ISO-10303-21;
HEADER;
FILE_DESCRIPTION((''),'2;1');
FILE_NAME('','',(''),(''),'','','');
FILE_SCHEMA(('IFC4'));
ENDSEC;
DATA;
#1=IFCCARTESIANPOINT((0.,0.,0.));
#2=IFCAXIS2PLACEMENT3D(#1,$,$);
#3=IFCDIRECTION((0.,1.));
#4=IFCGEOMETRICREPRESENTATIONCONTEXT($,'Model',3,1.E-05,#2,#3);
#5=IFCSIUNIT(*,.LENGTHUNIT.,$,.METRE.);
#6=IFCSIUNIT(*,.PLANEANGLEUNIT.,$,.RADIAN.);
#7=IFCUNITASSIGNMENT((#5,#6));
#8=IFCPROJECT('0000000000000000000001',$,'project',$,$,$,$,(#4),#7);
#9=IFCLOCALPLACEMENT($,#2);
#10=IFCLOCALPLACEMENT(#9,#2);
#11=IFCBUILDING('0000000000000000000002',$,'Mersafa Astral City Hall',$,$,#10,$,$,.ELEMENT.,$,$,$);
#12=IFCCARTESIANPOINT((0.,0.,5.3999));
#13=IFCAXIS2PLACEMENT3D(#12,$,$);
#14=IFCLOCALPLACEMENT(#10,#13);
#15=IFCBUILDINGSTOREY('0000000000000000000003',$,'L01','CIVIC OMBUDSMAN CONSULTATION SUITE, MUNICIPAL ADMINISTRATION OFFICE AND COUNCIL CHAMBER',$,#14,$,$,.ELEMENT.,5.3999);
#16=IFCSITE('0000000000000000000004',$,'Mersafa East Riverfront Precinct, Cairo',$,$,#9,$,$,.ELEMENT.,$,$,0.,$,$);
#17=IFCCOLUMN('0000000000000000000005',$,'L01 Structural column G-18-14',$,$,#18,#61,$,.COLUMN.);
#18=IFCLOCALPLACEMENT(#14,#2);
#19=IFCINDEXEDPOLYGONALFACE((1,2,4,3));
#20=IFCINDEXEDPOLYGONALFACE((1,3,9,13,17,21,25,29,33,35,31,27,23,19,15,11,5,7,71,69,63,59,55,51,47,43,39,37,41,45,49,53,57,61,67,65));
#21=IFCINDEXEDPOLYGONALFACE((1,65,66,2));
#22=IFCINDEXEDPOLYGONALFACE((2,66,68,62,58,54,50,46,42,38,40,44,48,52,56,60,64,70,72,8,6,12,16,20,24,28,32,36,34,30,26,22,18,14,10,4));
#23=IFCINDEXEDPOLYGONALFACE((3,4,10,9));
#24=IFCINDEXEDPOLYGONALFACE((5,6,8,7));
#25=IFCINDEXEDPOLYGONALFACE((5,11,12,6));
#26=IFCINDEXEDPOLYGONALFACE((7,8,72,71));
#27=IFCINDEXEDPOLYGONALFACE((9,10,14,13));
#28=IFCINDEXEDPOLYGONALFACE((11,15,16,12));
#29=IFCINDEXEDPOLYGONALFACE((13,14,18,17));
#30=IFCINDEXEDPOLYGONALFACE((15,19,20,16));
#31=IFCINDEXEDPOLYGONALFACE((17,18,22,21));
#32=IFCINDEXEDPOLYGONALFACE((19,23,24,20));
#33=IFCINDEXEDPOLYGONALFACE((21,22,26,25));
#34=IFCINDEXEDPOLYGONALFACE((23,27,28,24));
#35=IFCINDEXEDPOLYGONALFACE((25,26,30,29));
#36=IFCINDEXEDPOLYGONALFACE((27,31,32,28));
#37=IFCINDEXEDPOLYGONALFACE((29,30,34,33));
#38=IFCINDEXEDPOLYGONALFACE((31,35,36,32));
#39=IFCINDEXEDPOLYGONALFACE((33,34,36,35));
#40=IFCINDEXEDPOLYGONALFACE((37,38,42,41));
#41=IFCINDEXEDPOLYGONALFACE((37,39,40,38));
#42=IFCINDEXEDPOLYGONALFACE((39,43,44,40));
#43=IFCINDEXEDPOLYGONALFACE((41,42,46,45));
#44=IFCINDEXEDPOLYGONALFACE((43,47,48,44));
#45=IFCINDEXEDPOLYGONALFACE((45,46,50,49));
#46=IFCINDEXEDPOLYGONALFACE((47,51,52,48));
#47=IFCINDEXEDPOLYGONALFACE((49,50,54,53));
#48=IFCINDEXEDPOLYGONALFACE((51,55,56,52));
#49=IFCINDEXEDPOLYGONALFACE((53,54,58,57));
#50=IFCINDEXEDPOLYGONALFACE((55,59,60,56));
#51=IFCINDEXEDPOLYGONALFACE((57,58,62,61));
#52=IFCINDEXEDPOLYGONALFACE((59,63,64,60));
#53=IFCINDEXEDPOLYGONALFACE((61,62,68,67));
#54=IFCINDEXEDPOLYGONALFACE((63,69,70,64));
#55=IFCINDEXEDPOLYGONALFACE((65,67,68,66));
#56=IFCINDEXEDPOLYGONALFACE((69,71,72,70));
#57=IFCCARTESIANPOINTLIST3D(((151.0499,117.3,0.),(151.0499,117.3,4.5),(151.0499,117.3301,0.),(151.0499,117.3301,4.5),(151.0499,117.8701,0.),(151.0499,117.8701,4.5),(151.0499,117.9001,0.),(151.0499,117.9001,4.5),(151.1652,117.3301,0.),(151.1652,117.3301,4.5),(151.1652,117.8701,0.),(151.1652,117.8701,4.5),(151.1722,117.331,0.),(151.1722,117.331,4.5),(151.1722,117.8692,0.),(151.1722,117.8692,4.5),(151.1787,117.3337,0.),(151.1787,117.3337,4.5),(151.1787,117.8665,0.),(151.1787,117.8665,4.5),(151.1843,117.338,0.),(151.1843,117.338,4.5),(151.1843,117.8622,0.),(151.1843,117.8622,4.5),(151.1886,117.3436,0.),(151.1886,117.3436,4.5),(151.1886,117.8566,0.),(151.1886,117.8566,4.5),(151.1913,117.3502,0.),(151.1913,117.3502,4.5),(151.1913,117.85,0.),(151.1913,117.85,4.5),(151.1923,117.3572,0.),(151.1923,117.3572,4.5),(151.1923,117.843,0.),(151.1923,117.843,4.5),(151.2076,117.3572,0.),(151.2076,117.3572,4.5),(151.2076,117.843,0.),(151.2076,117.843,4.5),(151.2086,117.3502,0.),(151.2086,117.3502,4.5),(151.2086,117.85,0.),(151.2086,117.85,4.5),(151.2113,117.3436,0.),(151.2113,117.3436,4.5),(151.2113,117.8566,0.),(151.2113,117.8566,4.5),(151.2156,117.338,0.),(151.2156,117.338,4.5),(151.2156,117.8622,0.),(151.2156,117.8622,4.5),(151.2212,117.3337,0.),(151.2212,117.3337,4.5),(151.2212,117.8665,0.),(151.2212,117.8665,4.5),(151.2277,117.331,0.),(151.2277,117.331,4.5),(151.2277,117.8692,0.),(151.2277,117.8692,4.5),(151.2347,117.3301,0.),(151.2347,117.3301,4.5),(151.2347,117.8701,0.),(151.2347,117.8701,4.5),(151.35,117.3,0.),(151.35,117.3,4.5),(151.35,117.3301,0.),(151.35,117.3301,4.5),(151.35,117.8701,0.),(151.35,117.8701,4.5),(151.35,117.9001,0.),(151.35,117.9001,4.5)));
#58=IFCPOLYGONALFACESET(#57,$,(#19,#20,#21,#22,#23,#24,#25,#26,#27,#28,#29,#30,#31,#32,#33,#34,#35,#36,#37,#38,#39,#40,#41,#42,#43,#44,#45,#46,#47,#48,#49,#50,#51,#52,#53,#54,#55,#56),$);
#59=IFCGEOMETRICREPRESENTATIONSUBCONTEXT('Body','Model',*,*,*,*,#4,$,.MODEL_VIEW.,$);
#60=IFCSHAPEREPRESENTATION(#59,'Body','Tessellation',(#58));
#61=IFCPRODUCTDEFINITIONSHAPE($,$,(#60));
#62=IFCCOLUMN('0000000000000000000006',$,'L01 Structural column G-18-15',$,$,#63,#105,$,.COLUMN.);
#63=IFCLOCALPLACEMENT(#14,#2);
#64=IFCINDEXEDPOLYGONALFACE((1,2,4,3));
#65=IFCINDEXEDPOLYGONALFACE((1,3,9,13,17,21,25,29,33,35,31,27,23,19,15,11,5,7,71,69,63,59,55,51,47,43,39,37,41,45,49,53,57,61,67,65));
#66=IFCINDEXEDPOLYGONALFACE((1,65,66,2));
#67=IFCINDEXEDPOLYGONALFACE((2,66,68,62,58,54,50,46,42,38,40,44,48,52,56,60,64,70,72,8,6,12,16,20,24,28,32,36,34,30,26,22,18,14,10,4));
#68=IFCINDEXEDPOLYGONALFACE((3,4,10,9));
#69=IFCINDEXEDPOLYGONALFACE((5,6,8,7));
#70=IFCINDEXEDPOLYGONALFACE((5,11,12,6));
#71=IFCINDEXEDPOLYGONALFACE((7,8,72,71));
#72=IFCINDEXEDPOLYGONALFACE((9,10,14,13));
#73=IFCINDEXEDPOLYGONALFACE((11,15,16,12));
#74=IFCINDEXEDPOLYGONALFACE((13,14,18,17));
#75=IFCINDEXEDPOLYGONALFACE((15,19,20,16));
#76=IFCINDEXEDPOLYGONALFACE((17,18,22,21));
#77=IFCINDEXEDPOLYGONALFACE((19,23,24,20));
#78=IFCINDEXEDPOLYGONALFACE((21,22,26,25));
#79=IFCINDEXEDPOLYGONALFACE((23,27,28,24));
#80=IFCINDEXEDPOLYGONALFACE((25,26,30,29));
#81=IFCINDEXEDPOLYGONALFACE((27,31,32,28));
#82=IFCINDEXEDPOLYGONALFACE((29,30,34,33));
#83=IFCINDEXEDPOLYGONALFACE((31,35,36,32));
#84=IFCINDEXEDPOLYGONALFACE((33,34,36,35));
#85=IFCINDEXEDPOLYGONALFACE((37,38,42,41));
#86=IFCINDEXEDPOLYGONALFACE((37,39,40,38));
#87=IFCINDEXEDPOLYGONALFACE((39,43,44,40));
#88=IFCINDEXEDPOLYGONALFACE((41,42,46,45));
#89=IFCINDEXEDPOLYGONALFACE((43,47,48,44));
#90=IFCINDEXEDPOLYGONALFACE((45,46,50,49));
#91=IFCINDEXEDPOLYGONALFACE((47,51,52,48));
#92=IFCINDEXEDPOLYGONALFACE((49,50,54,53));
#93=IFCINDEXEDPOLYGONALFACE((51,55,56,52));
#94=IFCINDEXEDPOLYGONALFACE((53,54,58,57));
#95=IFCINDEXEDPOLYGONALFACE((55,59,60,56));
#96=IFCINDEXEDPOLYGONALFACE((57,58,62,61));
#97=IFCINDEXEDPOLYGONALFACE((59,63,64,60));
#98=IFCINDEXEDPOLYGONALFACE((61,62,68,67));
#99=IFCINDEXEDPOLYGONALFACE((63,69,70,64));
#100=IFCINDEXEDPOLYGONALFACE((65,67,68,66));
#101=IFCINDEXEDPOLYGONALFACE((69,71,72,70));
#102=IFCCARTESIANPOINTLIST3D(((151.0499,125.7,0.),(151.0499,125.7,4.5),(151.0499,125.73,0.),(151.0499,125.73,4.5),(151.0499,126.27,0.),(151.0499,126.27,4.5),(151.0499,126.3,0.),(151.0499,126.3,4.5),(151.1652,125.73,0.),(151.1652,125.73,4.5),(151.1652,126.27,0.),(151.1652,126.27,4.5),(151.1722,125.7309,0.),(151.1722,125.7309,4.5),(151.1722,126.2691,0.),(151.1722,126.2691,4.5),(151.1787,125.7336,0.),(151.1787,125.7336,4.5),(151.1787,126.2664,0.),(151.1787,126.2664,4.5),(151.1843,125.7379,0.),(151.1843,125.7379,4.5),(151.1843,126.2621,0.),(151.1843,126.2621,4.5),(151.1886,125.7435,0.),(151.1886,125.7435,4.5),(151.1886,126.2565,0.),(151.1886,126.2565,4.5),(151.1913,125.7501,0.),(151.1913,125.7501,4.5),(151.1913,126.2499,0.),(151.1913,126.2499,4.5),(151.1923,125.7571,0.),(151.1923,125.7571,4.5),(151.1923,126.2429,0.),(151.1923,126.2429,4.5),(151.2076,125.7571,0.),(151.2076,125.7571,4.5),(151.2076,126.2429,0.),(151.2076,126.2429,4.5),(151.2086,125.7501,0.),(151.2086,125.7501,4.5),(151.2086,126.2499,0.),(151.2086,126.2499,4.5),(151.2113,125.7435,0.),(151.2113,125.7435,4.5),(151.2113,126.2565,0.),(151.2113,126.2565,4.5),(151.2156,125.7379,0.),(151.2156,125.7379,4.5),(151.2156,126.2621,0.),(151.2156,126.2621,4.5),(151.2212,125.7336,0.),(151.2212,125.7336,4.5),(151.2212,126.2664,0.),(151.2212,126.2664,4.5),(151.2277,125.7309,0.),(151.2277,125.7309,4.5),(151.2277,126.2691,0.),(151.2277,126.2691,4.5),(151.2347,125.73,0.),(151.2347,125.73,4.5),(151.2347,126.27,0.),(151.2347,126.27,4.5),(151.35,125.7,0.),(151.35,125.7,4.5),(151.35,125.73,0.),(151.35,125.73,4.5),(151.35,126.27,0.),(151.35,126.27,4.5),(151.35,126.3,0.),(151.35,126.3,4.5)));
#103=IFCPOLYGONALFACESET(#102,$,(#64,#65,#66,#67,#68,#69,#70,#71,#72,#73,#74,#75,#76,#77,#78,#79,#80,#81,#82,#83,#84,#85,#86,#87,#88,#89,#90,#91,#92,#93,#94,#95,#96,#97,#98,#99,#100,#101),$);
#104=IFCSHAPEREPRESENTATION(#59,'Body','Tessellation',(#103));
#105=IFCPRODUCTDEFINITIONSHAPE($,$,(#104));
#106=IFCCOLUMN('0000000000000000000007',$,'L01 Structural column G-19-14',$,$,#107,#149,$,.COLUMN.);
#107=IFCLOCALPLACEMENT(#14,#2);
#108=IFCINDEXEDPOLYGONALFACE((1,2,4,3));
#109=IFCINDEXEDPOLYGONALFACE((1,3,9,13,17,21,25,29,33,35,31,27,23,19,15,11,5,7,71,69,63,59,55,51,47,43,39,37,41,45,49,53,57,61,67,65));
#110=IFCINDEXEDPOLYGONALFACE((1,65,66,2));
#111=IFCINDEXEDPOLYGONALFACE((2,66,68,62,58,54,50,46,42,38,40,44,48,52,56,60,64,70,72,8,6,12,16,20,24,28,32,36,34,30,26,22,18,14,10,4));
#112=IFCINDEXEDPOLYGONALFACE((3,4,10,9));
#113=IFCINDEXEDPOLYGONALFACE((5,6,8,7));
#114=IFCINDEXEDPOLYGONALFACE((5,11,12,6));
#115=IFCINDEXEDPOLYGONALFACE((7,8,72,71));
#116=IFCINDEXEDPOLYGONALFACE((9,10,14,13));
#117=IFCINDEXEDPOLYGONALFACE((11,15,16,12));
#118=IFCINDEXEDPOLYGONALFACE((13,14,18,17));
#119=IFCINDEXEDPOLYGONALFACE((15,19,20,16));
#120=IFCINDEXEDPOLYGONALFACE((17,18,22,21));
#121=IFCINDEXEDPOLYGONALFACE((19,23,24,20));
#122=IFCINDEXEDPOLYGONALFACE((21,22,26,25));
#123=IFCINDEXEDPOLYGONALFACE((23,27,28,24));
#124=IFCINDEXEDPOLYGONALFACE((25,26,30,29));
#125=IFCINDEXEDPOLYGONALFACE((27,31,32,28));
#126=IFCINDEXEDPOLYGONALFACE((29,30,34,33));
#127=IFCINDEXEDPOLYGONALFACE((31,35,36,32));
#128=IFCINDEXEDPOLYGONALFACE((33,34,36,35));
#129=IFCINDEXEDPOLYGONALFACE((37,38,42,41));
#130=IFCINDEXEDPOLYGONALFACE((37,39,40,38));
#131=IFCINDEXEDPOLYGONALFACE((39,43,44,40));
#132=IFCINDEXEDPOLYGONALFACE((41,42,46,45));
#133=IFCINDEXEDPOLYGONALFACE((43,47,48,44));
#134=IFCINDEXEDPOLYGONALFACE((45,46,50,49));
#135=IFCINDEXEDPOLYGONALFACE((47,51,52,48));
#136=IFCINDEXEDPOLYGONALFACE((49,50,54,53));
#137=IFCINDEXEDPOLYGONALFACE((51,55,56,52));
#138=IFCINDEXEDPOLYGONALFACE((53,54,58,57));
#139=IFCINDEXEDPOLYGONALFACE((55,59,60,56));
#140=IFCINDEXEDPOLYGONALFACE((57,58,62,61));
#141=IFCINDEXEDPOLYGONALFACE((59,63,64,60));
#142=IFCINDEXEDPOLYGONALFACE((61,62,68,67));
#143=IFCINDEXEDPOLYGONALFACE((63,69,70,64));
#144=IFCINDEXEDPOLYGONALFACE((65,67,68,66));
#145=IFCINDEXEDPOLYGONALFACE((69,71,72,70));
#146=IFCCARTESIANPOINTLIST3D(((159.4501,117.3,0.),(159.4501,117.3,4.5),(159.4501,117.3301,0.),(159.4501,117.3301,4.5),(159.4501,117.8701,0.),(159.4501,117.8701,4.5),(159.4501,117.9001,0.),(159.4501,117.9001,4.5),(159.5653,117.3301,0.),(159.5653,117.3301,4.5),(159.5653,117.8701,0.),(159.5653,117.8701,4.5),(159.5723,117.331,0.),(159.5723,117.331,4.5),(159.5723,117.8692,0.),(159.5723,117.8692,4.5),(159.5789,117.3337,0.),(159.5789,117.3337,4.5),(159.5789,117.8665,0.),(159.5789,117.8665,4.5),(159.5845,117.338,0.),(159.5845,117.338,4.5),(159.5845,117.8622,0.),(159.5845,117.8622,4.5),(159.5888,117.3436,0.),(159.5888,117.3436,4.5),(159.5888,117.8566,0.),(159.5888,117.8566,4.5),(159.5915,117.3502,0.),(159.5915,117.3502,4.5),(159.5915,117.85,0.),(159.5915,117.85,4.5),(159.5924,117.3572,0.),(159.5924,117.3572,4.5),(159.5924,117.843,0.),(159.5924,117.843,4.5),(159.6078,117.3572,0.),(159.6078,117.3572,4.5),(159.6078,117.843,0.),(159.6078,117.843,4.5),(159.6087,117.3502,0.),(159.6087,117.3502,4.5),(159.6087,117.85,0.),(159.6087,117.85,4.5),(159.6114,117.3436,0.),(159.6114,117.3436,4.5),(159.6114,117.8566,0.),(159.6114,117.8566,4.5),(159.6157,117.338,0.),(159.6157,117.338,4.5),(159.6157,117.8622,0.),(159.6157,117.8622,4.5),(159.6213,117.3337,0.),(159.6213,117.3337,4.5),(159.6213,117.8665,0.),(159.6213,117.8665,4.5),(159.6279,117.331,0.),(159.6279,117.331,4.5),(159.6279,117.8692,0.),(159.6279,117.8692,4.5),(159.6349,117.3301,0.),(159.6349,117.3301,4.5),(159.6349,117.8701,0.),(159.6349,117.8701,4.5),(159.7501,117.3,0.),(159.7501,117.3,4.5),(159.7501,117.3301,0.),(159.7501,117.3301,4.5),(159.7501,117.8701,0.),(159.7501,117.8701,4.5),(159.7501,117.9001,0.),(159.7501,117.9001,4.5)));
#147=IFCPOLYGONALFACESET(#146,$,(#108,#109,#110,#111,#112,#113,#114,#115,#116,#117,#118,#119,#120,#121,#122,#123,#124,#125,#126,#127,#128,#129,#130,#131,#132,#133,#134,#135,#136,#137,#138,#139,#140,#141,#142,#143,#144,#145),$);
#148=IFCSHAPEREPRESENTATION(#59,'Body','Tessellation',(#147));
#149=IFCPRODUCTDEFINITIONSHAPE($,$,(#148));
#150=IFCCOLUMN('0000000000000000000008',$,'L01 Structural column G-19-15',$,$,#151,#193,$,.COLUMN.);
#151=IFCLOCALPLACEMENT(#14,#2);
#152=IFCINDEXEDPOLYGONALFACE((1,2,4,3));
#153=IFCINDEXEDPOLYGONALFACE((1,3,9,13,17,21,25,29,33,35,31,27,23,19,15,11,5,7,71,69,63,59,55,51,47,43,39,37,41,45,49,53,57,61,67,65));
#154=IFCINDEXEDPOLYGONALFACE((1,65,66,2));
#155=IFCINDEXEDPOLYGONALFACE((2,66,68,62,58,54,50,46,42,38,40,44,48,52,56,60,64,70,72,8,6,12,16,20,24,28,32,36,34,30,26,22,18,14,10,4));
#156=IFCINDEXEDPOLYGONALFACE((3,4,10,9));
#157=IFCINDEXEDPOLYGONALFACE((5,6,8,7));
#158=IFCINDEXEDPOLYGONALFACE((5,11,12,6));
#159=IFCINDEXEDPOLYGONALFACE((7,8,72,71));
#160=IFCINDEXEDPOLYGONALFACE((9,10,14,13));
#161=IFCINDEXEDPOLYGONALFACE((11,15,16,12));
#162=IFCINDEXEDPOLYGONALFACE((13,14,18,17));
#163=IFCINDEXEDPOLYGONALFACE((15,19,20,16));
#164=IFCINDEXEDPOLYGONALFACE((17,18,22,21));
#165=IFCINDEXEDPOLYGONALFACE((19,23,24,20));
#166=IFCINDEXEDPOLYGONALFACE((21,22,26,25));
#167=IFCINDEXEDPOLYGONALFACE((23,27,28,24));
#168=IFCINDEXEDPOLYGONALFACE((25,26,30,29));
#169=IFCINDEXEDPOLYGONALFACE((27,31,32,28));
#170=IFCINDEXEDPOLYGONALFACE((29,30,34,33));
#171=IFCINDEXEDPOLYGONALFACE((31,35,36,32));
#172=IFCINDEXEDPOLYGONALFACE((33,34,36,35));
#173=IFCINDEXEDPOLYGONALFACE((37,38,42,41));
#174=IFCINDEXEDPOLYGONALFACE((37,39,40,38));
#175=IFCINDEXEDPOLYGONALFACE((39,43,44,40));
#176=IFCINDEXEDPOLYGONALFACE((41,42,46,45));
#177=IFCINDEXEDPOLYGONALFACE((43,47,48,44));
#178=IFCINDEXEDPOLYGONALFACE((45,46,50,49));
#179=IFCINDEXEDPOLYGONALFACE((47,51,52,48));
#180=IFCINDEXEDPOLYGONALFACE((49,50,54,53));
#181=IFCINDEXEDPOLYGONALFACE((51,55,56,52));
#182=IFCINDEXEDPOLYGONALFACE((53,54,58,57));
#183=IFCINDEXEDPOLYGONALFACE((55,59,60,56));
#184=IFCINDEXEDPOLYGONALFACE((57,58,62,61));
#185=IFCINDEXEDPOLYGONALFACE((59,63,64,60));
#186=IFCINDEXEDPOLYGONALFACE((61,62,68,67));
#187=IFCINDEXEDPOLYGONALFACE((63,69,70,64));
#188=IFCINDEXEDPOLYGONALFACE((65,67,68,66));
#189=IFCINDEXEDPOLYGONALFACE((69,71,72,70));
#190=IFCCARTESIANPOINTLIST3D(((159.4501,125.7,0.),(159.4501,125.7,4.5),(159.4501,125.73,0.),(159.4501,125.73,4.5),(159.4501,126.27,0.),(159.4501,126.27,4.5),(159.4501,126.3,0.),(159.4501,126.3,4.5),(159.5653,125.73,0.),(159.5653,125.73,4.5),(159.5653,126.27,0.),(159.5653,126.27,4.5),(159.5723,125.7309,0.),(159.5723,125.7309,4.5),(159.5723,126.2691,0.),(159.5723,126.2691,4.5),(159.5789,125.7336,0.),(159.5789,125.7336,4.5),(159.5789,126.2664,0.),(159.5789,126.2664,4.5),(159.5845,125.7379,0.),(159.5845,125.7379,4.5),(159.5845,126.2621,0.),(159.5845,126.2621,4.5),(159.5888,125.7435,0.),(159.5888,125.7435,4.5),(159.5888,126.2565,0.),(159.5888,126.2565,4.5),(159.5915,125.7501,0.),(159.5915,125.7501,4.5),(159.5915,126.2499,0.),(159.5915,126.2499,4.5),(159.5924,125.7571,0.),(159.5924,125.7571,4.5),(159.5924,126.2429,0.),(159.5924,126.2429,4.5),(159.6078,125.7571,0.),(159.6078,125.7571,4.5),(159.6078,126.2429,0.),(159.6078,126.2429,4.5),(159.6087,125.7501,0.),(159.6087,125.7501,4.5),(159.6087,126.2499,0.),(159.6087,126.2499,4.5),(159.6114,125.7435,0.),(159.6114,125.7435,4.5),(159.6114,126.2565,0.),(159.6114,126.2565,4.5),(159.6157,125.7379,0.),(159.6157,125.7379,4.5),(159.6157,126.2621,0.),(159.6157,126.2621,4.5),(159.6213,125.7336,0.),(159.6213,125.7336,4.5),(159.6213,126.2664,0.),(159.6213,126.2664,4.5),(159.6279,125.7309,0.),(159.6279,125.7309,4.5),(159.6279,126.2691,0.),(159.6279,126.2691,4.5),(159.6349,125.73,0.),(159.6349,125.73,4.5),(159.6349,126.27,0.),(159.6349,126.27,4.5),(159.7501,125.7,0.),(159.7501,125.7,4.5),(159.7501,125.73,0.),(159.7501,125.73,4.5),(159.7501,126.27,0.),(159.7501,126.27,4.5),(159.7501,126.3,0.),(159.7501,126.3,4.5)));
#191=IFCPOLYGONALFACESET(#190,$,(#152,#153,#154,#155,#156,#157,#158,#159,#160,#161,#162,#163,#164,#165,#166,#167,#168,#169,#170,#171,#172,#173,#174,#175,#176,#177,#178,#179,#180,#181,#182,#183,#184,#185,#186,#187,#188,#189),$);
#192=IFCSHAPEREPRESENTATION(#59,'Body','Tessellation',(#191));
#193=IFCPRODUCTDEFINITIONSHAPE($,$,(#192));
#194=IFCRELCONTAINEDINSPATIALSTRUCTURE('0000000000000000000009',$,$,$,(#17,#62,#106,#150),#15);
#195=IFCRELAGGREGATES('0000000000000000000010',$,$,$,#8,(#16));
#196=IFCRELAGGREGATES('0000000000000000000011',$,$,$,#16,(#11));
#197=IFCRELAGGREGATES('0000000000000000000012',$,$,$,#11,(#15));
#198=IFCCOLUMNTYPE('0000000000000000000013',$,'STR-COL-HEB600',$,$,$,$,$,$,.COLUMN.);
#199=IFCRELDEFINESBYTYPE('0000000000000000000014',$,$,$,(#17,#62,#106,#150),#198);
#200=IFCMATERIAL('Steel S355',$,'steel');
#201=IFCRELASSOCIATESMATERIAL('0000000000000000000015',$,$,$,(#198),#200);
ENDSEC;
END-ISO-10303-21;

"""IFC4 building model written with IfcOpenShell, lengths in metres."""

from ifc_helpers import new_model, si_unit, direction, frame, origin, origin_2d, place, context, subcontext, project, spatial, i_section, extrude, material, material_profile, profile_set, type_object, element, save


model = new_model("IFC4")

# Units and contexts
model_context = context("Model", 3, precision=1e-05, world=origin(), true_north=direction((0.0, 1.0)))
body_context = subcontext(model_context, "Body", "Model", "MODEL_VIEW")
ifc_project = project(units=[si_unit("LENGTHUNIT", "METRE"), si_unit("PLANEANGLEUNIT", "RADIAN")], contexts=[model_context])

# Site, building, storey
site_placement = place(None, origin())
site = spatial("IfcSite", under=ifc_project, at=site_placement, Name="Mersafa East Riverfront Precinct, Cairo", CompositionType="ELEMENT", RefElevation=0.0)
building_placement = place(site_placement, origin())
building = spatial("IfcBuilding", under=site, at=building_placement, Name="Mersafa Astral City Hall", CompositionType="ELEMENT")
storey_placement = place(building_placement, frame((0.0, 0.0, 5.3999)))
storey = spatial("IfcBuildingStorey", under=building, at=storey_placement, Name="L01", Description="CIVIC OMBUDSMAN CONSULTATION SUITE, MUNICIPAL ADMINISTRATION OFFICE AND COUNCIL CHAMBER", CompositionType="ELEMENT", Elevation=5.3999)

# Columns
ifc_material_1 = material(Name="Steel S355", Category="steel")
ifc_material_profile_1 = material_profile(ifc_material_1, i_section(OverallWidth=0.3, OverallDepth=0.6001, WebThickness=0.0154, FlangeThickness=0.03, FilletRadius=0.0271, at=origin_2d()), Name="HEB 600")
ifc_profile_set_1 = profile_set([ifc_material_profile_1], Name="Steel S355")
column_type = type_object("IfcColumnType", Name="STR-COL-HEB600", PredefinedType="COLUMN", material=ifc_profile_set_1)
for number, where, z_axis, x_axis, name in (
    (1, (151.2, 117.6001, 0.0), (0.0, 0.0, 1.0), (1.0, 0.0, 0.0), "L01 Structural column G-18-14"),
    (2, (151.2, 126.0, 0.0), (0.0, 0.0, 1.0), (1.0, 0.0, 0.0), "L01 Structural column G-18-15"),
    (3, (159.6001, 117.6001, 0.0), (0.0, 0.0, 1.0), (1.0, 0.0, 0.0), "L01 Structural column G-19-14"),
    (4, (159.6001, 126.0, 0.0), (0.0, 0.0, 1.0), (1.0, 0.0, 0.0), "L01 Structural column G-19-15"),
):
    element("IfcColumn", number, at=place(storey_placement, frame(where, z_axis=z_axis, x_axis=x_axis)), inside=storey, type_object=column_type, Name=name, PredefinedType="COLUMN", context=body_context, shape_type="SweptSolid", body=[
        extrude(i_section(OverallWidth=0.3, OverallDepth=0.6001, WebThickness=0.0154, FlangeThickness=0.03, FilletRadius=0.0271, at=origin_2d()), origin(), (0.0, 0.0, 1.0), 4.5),
    ])

save(model, "model.ifc")
